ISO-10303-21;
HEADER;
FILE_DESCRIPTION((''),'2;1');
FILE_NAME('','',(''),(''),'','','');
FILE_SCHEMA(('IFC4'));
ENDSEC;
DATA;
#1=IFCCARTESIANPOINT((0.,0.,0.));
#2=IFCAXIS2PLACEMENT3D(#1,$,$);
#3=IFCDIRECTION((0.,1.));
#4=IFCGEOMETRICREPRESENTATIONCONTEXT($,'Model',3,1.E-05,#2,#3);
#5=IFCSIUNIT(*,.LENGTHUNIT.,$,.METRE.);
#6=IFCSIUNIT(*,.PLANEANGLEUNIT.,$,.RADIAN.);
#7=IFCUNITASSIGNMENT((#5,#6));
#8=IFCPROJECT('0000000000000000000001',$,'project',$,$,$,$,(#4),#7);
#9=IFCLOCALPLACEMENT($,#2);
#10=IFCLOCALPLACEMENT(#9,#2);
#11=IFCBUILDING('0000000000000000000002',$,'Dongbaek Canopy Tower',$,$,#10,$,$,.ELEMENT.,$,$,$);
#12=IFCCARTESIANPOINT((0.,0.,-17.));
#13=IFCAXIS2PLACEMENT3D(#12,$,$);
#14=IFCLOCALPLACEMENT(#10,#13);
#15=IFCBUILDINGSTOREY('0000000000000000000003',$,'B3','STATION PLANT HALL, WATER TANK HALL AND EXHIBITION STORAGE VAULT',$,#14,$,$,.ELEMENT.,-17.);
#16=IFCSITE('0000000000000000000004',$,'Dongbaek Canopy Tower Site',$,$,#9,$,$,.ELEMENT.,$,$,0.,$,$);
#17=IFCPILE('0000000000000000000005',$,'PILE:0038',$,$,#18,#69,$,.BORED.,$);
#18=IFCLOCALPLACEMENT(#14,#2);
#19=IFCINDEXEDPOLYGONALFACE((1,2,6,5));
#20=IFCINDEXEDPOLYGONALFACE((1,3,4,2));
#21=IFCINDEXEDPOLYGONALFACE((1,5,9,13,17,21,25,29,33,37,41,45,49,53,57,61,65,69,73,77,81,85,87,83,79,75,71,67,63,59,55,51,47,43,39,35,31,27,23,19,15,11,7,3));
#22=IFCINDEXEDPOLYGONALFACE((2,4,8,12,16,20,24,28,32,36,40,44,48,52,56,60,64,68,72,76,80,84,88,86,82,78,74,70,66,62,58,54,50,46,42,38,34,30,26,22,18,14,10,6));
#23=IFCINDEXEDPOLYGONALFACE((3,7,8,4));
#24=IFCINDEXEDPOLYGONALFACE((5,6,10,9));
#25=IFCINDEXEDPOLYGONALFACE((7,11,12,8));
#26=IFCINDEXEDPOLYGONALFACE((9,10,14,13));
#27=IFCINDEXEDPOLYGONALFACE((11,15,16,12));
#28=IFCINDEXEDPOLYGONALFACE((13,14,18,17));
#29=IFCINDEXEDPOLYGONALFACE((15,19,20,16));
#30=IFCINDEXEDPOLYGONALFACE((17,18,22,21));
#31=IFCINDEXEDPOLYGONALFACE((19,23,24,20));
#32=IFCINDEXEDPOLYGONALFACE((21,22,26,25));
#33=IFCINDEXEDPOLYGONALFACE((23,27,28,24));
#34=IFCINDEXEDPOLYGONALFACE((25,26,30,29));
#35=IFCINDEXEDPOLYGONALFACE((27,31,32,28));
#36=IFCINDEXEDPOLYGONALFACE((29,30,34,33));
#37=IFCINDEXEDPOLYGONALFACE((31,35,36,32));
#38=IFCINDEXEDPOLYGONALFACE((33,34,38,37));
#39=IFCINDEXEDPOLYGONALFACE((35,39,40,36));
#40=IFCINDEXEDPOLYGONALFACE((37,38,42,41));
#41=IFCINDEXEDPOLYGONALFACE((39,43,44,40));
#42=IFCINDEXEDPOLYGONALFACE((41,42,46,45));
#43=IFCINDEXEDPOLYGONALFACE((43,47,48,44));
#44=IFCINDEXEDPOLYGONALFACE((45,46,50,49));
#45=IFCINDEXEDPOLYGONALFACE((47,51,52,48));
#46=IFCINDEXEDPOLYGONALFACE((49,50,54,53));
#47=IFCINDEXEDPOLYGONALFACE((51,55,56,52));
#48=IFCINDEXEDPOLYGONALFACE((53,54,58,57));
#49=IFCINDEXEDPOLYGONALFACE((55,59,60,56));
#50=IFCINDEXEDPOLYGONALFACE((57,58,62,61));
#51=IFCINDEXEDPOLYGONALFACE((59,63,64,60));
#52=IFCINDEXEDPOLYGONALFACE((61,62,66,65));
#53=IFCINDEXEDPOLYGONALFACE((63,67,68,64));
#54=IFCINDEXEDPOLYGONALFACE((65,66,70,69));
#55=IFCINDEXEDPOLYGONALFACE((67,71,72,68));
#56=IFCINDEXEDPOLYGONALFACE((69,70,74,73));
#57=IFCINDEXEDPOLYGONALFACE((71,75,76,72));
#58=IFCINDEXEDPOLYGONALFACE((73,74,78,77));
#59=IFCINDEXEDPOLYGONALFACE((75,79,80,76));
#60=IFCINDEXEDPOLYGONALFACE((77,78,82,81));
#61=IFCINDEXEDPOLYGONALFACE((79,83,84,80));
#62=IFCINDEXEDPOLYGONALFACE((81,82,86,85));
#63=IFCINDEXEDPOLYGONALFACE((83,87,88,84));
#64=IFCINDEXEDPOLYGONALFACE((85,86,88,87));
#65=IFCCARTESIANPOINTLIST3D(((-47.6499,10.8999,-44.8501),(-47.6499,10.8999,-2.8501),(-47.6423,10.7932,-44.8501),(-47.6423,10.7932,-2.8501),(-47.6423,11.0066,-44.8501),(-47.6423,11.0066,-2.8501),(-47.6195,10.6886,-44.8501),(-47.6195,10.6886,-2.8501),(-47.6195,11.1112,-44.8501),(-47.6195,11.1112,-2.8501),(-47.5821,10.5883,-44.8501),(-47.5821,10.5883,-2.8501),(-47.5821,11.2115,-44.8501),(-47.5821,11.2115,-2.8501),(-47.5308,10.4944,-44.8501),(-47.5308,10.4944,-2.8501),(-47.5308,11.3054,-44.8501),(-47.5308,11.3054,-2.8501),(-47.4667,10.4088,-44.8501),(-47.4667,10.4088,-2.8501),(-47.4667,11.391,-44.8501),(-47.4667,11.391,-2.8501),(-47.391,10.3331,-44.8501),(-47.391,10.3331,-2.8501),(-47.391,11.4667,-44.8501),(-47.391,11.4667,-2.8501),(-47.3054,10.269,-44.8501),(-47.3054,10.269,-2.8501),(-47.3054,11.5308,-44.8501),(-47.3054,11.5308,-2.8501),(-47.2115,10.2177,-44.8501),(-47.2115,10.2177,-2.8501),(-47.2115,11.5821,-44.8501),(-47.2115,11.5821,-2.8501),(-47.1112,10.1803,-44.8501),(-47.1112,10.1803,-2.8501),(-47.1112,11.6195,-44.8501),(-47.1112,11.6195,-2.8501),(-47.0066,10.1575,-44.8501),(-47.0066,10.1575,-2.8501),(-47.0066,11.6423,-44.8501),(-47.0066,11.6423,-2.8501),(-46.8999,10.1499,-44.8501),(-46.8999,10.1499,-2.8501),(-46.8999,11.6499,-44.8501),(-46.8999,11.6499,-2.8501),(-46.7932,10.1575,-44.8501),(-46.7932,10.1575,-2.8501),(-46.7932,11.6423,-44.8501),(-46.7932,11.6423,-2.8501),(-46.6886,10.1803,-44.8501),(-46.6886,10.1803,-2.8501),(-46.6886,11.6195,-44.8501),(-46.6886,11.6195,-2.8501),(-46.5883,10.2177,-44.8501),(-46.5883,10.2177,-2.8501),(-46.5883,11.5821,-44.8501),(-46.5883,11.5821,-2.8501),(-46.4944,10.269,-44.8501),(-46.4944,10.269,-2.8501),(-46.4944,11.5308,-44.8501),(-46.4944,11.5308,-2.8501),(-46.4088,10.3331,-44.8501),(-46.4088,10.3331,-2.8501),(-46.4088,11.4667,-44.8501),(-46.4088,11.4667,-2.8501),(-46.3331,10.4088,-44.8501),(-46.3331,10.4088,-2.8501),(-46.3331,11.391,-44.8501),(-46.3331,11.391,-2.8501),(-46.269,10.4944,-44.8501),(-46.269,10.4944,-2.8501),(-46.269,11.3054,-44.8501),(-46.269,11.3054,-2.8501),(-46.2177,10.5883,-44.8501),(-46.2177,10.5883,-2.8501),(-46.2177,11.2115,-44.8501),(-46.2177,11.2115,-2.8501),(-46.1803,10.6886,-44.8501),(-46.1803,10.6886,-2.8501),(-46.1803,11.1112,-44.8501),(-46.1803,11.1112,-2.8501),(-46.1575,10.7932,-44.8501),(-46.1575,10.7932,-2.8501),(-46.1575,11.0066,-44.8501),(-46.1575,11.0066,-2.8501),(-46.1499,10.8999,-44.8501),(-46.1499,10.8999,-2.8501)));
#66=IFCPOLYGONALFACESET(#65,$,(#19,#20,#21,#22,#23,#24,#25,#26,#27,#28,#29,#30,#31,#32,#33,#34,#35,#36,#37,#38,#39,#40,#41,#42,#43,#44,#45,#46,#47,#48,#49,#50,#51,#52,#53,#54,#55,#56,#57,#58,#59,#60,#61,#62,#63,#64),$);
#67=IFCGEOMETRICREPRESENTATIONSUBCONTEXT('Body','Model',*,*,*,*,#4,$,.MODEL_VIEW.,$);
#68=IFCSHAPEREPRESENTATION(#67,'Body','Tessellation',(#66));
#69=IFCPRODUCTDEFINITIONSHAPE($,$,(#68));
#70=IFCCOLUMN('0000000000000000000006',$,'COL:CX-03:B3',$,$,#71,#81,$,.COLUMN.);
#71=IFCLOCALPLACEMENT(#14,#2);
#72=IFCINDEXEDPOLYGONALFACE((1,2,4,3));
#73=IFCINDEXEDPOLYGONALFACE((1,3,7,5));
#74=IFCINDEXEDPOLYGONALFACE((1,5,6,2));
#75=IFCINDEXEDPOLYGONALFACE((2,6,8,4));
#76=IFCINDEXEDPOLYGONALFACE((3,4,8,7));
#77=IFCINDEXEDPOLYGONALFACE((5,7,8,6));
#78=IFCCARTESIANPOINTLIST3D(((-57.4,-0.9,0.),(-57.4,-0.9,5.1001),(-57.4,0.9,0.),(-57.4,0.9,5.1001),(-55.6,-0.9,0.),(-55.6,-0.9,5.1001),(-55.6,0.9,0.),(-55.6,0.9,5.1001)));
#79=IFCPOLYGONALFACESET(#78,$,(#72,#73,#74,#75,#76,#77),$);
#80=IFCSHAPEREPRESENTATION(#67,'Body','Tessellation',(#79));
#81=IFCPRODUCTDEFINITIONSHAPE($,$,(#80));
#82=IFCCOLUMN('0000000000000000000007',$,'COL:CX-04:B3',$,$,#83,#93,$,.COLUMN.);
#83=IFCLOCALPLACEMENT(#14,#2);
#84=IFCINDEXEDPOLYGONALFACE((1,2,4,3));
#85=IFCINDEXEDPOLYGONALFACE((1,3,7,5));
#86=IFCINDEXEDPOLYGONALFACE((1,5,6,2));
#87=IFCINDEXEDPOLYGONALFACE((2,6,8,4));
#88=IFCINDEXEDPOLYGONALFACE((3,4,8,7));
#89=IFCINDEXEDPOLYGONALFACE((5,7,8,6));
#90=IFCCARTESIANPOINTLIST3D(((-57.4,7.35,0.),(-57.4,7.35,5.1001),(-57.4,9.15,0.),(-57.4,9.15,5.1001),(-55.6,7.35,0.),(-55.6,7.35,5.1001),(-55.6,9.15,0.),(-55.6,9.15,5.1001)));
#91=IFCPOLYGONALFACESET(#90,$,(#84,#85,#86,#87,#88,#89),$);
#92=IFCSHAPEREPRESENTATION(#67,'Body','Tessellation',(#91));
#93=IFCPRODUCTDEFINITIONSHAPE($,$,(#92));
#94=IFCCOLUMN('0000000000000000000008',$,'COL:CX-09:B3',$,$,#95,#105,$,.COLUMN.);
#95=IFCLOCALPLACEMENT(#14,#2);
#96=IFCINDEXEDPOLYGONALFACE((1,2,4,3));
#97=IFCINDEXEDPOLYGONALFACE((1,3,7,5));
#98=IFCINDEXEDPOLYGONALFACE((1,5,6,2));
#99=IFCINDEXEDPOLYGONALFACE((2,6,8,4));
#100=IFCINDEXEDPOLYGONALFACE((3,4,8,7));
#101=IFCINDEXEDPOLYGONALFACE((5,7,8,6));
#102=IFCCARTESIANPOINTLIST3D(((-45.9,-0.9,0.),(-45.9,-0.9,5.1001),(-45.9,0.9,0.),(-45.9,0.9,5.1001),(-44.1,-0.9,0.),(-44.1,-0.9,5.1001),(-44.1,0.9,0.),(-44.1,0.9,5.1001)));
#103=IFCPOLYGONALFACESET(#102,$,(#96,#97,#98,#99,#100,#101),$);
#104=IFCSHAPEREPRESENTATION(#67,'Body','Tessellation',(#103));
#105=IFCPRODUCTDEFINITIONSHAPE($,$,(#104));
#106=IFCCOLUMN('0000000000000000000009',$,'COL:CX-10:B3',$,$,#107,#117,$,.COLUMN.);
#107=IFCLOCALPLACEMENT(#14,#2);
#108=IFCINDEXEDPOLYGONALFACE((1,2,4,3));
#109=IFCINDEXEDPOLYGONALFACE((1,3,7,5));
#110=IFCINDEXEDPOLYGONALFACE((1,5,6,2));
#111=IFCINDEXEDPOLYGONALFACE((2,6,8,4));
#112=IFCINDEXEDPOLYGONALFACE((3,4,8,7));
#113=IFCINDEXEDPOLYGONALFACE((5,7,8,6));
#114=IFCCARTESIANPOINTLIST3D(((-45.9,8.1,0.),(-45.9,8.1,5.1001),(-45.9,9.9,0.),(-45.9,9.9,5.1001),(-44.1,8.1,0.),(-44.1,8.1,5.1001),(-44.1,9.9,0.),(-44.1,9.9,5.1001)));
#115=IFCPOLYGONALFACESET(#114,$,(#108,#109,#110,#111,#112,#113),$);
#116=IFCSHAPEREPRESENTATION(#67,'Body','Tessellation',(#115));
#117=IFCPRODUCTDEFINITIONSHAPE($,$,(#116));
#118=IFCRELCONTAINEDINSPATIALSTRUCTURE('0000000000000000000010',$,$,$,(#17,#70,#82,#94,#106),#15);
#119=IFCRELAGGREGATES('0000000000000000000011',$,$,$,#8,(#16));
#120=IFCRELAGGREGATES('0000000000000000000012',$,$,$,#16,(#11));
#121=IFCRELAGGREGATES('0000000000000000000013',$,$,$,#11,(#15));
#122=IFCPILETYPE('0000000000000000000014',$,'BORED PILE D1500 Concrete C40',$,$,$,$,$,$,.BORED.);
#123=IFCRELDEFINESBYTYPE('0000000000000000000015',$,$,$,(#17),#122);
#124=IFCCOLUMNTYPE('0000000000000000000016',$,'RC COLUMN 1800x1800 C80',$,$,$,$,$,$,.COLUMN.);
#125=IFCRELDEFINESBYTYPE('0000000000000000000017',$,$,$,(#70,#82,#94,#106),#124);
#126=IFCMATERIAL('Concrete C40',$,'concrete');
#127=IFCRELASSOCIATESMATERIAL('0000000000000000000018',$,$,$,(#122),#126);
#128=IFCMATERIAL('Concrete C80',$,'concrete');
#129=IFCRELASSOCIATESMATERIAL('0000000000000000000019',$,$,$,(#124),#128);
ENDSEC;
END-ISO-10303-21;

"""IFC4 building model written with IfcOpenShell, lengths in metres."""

from ifc_helpers import new_model, si_unit, direction, frame, origin, origin_2d, place, context, subcontext, project, spatial, rectangle, circle, extrude, material, material_profile, profile_set, type_object, element, save


model = new_model("IFC4")

# Units and contexts
model_context = context("Model", 3, precision=1e-05, world=origin(), true_north=direction((0.0, 1.0)))
body_context = subcontext(model_context, "Body", "Model", "MODEL_VIEW")
ifc_project = project(units=[si_unit("LENGTHUNIT", "METRE"), si_unit("PLANEANGLEUNIT", "RADIAN")], contexts=[model_context])

# Site, building, storey
site_placement = place(None, origin())
site = spatial("IfcSite", under=ifc_project, at=site_placement, Name="Dongbaek Canopy Tower Site", CompositionType="ELEMENT", RefElevation=0.0)
building_placement = place(site_placement, origin())
building = spatial("IfcBuilding", under=site, at=building_placement, Name="Dongbaek Canopy Tower", CompositionType="ELEMENT")
storey_placement = place(building_placement, frame((0.0, 0.0, -17.0)))
storey = spatial("IfcBuildingStorey", under=building, at=storey_placement, Name="B3", Description="STATION PLANT HALL, WATER TANK HALL AND EXHIBITION STORAGE VAULT", CompositionType="ELEMENT", Elevation=-17.0)

# Pile
ifc_material_1 = material(Name="Concrete C40", Category="concrete")
ifc_material_profile_1 = material_profile(ifc_material_1, circle(Radius=0.75, at=origin_2d()), Name="BORED PILE D1500 Concrete C40")
ifc_profile_set_1 = profile_set([ifc_material_profile_1], Name="Concrete C40")
pile_type = type_object("IfcPileType", Name="BORED PILE D1500 Concrete C40", PredefinedType="BORED", material=ifc_profile_set_1)
for number, where, z_axis, x_axis, name in (
    (1, (-46.8999, 10.8999, -2.8501), (0.0, 0.0, -1.0), (1.0, 0.0, 0.0), "PILE:0038"),
):
    element("IfcPile", number, at=place(storey_placement, frame(where, z_axis=z_axis, x_axis=x_axis)), inside=storey, type_object=pile_type, Name=name, PredefinedType="BORED", context=body_context, shape_type="SweptSolid", body=[
        extrude(circle(Radius=0.75, at=origin_2d()), origin(), (0.0, 0.0, 1.0), 42.0),
    ])

# Columns
ifc_material_2 = material(Name="Concrete C80", Category="concrete")
ifc_material_profile_2 = material_profile(ifc_material_2, rectangle(XDim=1.8, YDim=1.8, at=origin_2d()), Name="RC COLUMN 1800x1800 C80")
ifc_profile_set_2 = profile_set([ifc_material_profile_2], Name="Concrete C80")
column_type = type_object("IfcColumnType", Name="RC COLUMN 1800x1800 C80", PredefinedType="COLUMN", material=ifc_profile_set_2)
for number, where, z_axis, x_axis, name in (
    (2, (-56.5, 0.0, 0.0), (0.0, 0.0, 1.0), (1.0, 0.0, 0.0), "COL:CX-03:B3"),
    (3, (-56.5, 8.25, 0.0), (0.0, 0.0, 1.0), (1.0, 0.0, 0.0), "COL:CX-04:B3"),
    (4, (-45.0, 0.0, 0.0), (0.0, 0.0, 1.0), (1.0, 0.0, 0.0), "COL:CX-09:B3"),
    (5, (-45.0, 9.0, 0.0), (0.0, 0.0, 1.0), (1.0, 0.0, 0.0), "COL:CX-10:B3"),
):
    element("IfcColumn", number, at=place(storey_placement, frame(where, z_axis=z_axis, x_axis=x_axis)), inside=storey, type_object=column_type, Name=name, PredefinedType="COLUMN", context=body_context, shape_type="SweptSolid", body=[
        extrude(rectangle(XDim=1.8, YDim=1.8, at=origin_2d()), origin(), (0.0, 0.0, 1.0), 5.1001),
    ])

save(model, "model.ifc")
